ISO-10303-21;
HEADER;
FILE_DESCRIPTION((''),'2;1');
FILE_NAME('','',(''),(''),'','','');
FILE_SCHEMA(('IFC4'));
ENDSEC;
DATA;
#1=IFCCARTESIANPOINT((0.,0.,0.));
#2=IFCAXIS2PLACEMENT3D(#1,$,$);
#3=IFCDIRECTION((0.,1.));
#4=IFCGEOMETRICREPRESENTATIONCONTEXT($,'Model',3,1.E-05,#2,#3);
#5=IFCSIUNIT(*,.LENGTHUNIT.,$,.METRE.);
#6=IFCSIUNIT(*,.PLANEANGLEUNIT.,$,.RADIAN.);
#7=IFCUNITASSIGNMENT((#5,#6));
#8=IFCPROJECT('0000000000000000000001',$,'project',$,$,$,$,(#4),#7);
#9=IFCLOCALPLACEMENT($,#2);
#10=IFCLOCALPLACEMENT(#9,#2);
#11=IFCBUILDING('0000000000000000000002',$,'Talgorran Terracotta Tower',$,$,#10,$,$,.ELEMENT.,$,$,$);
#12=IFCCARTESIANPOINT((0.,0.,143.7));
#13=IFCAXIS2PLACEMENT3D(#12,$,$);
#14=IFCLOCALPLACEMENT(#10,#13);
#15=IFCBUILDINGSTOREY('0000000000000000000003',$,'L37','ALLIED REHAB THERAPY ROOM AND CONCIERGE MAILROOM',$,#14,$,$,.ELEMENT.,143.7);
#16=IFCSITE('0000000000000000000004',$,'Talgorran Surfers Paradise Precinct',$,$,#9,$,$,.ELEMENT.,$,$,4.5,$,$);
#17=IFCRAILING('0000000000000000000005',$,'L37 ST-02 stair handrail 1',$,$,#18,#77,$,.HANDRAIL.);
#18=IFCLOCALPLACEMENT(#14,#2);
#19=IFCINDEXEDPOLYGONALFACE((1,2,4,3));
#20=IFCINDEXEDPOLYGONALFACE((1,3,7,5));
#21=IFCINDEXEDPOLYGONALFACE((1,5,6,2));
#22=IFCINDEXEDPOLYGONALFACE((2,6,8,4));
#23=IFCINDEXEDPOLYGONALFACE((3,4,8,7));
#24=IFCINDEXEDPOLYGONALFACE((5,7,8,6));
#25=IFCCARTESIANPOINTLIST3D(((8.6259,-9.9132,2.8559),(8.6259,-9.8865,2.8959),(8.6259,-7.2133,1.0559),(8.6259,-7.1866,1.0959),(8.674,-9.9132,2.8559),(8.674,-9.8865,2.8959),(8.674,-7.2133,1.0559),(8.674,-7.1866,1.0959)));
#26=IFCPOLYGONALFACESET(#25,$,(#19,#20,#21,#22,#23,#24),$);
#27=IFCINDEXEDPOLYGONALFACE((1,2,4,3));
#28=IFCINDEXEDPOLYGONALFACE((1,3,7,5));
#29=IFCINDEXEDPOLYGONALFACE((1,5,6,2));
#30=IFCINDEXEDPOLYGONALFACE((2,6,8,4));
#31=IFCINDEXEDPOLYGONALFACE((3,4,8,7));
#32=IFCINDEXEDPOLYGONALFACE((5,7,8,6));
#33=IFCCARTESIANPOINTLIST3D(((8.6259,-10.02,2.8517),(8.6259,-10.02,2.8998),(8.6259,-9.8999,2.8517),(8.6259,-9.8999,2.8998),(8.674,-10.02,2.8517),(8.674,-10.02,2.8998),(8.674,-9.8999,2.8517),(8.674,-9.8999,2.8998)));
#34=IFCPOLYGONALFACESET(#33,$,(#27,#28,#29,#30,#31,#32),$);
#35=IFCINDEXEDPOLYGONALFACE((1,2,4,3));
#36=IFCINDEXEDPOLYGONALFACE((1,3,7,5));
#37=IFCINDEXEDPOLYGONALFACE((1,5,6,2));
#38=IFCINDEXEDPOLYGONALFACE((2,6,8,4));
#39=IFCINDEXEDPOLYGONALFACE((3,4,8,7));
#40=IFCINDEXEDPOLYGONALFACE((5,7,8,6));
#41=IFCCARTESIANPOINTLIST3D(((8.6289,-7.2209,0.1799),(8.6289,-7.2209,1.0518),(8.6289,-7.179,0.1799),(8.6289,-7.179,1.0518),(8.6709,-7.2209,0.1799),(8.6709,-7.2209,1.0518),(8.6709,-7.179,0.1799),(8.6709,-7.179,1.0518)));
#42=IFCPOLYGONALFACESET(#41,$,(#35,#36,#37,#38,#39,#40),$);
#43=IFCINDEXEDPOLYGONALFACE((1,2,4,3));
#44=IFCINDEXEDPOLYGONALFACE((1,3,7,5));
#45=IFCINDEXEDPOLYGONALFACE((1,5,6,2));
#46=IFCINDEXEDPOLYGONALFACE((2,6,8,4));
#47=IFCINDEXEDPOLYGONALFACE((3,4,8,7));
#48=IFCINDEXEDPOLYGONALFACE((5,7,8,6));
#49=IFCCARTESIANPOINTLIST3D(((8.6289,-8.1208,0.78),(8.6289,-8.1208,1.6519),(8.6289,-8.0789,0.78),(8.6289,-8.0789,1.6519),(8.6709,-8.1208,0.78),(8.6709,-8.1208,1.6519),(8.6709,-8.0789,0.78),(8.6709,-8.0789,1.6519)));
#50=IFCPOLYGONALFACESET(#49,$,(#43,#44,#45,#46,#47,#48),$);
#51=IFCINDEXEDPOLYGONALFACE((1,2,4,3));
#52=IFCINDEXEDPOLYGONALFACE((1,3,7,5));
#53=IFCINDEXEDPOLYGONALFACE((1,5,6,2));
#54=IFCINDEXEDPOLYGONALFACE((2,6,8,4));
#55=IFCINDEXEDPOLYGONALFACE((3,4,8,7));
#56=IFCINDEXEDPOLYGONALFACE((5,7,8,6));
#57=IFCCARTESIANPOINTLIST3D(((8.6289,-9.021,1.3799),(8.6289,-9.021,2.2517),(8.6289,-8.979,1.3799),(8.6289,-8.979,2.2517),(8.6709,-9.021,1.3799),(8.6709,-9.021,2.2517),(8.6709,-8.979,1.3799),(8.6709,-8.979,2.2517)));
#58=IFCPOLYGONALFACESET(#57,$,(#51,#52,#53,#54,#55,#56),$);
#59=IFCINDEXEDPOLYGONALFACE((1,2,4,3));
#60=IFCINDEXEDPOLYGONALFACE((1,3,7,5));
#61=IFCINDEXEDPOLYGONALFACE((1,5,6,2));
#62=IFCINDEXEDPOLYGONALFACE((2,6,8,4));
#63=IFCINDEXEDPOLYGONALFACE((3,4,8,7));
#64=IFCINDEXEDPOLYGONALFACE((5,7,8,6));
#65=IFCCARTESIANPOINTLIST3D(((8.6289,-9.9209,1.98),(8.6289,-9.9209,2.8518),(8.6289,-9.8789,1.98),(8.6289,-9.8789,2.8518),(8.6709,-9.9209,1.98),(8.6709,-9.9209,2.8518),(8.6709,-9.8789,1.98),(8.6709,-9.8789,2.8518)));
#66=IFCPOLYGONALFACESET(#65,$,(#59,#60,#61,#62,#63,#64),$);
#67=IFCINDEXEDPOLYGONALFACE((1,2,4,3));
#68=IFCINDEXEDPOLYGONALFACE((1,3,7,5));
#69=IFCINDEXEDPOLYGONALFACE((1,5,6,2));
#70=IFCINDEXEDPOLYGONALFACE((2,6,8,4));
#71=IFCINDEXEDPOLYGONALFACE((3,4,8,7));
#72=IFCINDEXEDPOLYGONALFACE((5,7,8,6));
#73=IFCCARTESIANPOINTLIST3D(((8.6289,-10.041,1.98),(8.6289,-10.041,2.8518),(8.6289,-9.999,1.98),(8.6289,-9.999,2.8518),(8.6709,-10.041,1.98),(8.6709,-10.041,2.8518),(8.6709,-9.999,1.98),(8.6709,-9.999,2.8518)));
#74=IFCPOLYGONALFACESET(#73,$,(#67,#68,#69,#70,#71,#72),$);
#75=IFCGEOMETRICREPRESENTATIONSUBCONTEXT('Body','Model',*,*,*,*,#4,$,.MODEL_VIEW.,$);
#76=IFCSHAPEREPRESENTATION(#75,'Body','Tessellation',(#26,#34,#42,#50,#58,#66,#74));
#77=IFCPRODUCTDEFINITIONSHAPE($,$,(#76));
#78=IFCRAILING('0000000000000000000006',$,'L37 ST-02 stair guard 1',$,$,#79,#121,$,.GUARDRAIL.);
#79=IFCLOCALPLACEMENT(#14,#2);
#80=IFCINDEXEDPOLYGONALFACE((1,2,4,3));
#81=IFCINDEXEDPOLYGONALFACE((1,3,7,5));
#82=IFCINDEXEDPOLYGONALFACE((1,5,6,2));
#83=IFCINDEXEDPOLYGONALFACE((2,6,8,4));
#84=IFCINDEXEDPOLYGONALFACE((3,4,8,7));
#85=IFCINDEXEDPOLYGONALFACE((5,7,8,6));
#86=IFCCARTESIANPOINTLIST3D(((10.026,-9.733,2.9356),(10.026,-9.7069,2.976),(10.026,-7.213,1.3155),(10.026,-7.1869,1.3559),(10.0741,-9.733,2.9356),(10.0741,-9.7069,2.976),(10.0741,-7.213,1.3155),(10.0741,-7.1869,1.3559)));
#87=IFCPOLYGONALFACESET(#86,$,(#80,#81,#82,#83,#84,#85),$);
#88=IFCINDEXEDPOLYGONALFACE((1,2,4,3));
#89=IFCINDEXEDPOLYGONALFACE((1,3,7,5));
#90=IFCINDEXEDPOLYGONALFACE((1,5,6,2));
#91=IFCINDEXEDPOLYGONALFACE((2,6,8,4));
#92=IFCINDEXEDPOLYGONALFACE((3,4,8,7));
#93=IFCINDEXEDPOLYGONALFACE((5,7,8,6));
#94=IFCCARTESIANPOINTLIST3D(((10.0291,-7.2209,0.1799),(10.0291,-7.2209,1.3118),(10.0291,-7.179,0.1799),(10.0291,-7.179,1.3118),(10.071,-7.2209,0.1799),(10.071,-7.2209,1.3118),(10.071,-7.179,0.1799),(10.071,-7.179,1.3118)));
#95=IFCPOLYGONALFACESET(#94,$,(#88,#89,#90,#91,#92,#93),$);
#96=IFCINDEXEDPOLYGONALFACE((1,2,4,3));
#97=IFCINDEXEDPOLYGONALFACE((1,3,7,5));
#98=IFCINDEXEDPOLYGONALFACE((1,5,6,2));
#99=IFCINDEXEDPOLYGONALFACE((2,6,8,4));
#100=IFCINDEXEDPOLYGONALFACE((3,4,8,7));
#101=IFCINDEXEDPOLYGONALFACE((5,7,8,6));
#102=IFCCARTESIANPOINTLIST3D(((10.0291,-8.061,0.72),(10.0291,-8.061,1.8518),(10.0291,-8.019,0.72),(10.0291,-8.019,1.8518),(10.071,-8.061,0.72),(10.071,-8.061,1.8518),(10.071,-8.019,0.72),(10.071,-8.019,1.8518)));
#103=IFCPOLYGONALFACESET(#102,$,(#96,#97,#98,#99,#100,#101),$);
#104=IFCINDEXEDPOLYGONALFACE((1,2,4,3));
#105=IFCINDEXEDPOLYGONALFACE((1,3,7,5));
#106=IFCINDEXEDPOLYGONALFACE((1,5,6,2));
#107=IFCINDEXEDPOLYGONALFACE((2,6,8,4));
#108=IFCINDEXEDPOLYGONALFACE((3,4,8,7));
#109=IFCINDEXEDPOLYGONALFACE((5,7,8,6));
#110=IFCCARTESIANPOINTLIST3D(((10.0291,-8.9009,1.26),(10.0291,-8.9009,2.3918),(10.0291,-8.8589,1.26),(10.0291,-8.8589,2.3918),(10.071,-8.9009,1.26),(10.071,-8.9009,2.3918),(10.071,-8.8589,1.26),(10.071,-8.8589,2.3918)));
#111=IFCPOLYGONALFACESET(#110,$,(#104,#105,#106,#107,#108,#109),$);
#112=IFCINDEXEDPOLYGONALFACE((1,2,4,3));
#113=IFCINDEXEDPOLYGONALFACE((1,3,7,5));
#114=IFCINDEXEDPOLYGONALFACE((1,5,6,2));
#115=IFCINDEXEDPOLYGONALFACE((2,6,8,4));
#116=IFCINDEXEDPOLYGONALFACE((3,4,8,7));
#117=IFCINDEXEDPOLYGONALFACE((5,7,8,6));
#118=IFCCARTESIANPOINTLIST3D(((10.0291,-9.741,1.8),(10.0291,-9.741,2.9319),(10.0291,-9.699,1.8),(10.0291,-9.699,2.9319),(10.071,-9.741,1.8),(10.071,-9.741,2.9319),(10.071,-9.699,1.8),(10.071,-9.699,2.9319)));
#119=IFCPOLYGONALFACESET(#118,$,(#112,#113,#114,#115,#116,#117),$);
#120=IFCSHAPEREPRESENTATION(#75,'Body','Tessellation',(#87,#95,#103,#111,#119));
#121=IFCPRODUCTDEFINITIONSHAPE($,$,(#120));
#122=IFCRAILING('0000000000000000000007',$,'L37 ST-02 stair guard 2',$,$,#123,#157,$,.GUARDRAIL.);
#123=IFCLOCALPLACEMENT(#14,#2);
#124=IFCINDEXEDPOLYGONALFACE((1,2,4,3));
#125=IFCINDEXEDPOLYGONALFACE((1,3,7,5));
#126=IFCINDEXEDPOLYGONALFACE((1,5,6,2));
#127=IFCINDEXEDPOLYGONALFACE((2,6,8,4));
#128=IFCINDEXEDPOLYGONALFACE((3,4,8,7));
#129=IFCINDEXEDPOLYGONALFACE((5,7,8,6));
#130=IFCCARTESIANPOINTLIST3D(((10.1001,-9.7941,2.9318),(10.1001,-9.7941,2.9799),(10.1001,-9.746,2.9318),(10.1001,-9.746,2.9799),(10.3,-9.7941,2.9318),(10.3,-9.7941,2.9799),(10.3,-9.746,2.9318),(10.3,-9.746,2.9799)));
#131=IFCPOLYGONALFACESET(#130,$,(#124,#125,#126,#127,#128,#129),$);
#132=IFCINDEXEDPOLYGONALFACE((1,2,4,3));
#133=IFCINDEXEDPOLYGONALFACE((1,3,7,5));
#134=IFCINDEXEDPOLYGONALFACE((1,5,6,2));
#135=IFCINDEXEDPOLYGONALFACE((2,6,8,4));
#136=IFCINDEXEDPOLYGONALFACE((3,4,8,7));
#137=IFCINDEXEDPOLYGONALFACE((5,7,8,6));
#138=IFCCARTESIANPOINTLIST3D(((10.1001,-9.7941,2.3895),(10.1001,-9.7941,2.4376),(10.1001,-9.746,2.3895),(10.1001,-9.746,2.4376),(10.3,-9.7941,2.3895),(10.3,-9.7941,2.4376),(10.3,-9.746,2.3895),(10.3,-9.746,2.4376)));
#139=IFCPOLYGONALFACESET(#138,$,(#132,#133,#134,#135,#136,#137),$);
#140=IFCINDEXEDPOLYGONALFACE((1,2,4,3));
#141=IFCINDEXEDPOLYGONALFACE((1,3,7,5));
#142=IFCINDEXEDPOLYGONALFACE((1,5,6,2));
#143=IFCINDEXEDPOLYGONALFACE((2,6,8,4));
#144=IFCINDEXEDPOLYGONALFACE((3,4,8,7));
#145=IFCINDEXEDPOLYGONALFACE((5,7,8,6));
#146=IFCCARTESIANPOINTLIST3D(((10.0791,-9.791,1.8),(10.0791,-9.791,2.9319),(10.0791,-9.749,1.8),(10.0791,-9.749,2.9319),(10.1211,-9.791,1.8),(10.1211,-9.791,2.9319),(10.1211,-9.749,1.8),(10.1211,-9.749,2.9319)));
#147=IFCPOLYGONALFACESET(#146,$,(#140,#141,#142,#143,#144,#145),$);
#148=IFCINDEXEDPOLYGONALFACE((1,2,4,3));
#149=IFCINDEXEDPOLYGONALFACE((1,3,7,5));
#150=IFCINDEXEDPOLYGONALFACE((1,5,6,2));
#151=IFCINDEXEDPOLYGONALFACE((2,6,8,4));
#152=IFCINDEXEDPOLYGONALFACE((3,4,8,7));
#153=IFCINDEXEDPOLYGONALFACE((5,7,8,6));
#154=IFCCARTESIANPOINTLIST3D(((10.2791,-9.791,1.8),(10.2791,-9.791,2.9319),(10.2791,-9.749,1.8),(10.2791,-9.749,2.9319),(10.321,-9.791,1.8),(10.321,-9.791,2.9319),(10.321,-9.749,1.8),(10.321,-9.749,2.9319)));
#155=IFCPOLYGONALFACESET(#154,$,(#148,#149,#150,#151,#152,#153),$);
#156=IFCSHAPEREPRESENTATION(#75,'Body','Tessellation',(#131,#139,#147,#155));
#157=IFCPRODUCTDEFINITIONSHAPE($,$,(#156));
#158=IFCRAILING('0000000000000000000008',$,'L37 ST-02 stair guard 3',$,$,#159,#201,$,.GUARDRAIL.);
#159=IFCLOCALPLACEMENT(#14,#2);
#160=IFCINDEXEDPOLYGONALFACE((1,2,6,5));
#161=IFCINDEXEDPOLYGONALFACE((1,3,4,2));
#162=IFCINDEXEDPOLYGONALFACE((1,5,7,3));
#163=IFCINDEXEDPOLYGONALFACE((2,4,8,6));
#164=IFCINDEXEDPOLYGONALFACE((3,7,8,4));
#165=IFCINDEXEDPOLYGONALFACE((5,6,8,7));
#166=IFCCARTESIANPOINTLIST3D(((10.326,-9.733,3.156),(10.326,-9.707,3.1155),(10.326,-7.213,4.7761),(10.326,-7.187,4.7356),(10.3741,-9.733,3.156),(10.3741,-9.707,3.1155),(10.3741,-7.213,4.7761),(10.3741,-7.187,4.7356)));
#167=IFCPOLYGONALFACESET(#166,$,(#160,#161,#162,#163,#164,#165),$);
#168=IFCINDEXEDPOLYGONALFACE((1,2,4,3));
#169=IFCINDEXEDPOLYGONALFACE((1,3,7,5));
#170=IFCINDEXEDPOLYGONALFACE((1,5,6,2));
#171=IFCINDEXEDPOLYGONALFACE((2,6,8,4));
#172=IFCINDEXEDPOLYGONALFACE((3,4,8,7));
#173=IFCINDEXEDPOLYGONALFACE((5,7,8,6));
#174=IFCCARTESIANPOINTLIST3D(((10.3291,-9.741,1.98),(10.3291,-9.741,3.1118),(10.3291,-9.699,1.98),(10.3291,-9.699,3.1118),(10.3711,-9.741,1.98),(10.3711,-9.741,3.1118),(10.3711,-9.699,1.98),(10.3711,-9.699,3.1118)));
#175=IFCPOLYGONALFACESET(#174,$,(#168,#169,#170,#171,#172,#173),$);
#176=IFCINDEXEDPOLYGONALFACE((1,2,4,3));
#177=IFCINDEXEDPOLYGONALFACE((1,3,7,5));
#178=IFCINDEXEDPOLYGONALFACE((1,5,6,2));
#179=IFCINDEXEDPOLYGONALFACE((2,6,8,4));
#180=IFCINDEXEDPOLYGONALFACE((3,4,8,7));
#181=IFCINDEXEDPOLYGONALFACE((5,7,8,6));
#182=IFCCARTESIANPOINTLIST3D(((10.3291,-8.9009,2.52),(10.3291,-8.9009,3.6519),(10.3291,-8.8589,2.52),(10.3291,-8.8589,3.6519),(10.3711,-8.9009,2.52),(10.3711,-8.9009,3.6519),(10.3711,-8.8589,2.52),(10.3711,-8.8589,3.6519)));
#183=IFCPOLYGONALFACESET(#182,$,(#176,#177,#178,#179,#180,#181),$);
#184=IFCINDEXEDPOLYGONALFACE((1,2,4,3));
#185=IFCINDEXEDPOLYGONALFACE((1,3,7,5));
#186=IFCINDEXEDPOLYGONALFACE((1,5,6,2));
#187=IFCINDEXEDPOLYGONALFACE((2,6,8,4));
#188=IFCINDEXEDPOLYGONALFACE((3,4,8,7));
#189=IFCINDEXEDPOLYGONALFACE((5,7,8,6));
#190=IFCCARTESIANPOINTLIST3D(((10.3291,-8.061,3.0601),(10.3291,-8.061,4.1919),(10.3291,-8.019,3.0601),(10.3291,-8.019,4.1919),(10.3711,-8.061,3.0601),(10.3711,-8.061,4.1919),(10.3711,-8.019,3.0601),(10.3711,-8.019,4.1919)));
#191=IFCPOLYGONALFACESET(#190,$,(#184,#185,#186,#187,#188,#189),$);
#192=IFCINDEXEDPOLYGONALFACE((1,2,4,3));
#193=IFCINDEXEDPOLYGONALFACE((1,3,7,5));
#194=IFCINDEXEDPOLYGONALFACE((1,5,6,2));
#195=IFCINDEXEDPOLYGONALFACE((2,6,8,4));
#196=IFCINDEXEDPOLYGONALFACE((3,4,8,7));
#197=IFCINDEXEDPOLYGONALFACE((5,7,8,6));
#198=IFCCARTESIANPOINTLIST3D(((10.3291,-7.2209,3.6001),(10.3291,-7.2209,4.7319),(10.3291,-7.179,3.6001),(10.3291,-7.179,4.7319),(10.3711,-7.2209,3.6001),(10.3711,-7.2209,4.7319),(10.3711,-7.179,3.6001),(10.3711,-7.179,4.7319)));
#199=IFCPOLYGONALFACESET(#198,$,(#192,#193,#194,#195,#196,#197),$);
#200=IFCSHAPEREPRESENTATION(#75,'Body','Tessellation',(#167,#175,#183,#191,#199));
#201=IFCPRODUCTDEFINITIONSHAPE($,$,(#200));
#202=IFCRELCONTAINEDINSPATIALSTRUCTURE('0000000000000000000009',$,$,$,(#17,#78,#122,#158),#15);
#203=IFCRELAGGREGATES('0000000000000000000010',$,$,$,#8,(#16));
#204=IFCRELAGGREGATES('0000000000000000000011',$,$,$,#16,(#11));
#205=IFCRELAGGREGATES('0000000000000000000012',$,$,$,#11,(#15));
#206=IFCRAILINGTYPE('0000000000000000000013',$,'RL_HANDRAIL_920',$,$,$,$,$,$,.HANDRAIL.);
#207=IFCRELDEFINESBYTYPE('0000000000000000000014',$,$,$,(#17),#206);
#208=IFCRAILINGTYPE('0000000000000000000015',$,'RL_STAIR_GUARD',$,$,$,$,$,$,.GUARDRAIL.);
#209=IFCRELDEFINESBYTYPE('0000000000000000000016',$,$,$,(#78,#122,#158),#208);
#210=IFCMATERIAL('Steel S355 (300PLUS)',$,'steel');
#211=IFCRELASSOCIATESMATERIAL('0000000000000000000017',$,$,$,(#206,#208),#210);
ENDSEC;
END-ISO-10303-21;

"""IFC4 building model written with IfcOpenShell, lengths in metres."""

from ifc_helpers import new_model, si_unit, direction, frame, origin, origin_2d, place, context, subcontext, project, spatial, rectangle, extrude, material, type_object, element, save


model = new_model("IFC4")

# Units and contexts
model_context = context("Model", 3, precision=1e-05, world=origin(), true_north=direction((0.0, 1.0)))
body_context = subcontext(model_context, "Body", "Model", "MODEL_VIEW")
ifc_project = project(units=[si_unit("LENGTHUNIT", "METRE"), si_unit("PLANEANGLEUNIT", "RADIAN")], contexts=[model_context])

# Site, building, storey
site_placement = place(None, origin())
site = spatial("IfcSite", under=ifc_project, at=site_placement, Name="Talgorran Surfers Paradise Precinct", CompositionType="ELEMENT", RefElevation=4.5)
building_placement = place(site_placement, origin())
building = spatial("IfcBuilding", under=site, at=building_placement, Name="Talgorran Terracotta Tower", CompositionType="ELEMENT")
storey_placement = place(building_placement, frame((0.0, 0.0, 143.7)))
storey = spatial("IfcBuildingStorey", under=building, at=storey_placement, Name="L37", Description="ALLIED REHAB THERAPY ROOM AND CONCIERGE MAILROOM", CompositionType="ELEMENT", Elevation=143.7)

# Railings
ifc_material_1 = material(Name="Steel S355 (300PLUS)", Category="steel")
railing_type_1 = type_object("IfcRailingType", Name="RL_HANDRAIL_920", PredefinedType="HANDRAIL", material=ifc_material_1)
railing_1_placement = place(storey_placement, frame((8.6499, -7.2, 0.1799)))
element("IfcRailing", 1, at=railing_1_placement, inside=storey, type_object=railing_type_1, Name="L37 ST-02 stair handrail 1", PredefinedType="HANDRAIL", context=body_context, shape_type="SweptSolid", body=[
    extrude(rectangle(XDim=0.0481, YDim=0.0481, at=origin_2d()), frame((0.0, 0.0, 0.896), z_axis=(0.0, -0.832039, 0.554718), x_axis=(1.0, 0.0, 0.0)), (0.0, 0.0, 1.0), 3.2449),
    extrude(rectangle(XDim=0.0481, YDim=0.0481, at=origin_2d()), frame((0.0, -2.7, 2.6958), z_axis=(0.0, -1.0, 0.0), x_axis=(1.0, 0.0, 0.0)), (0.0, 0.0, 1.0), 0.1201),
    extrude(rectangle(XDim=0.042, YDim=0.042, at=origin_2d()), origin(), (0.0, 0.0, 1.0), 0.8718),
    extrude(rectangle(XDim=0.042, YDim=0.042, at=origin_2d()), frame((0.0, -0.8999, 0.6001)), (0.0, 0.0, 1.0), 0.8718),
    extrude(rectangle(XDim=0.042, YDim=0.042, at=origin_2d()), frame((0.0, -1.8, 1.2)), (0.0, 0.0, 1.0), 0.8718),
    extrude(rectangle(XDim=0.042, YDim=0.042, at=origin_2d()), frame((0.0, -2.7, 1.8)), (0.0, 0.0, 1.0), 0.8718),
    extrude(rectangle(XDim=0.042, YDim=0.042, at=origin_2d()), frame((0.0, -2.8201, 1.8)), (0.0, 0.0, 1.0), 0.8718),
])
railing_type_2 = type_object("IfcRailingType", Name="RL_STAIR_GUARD", PredefinedType="GUARDRAIL", material=ifc_material_1)
railing_2_placement = place(storey_placement, frame((10.05, -7.2, 0.1799)))
element("IfcRailing", 2, at=railing_2_placement, inside=storey, type_object=railing_type_2, Name="L37 ST-02 stair guard 1", PredefinedType="GUARDRAIL", context=body_context, shape_type="SweptSolid", body=[
    extrude(rectangle(XDim=0.0481, YDim=0.0481, at=origin_2d()), frame((0.0, 0.0, 1.1558), z_axis=(0.0, -0.841163, 0.540782), x_axis=(1.0, 0.0, 0.0)), (0.0, 0.0, 1.0), 2.9958),
    extrude(rectangle(XDim=0.042, YDim=0.042, at=origin_2d()), origin(), (0.0, 0.0, 1.0), 1.1318),
    extrude(rectangle(XDim=0.042, YDim=0.042, at=origin_2d()), frame((0.0, -0.8401, 0.54)), (0.0, 0.0, 1.0), 1.1318),
    extrude(rectangle(XDim=0.042, YDim=0.042, at=origin_2d()), frame((0.0, -1.6799, 1.0801)), (0.0, 0.0, 1.0), 1.1318),
    extrude(rectangle(XDim=0.042, YDim=0.042, at=origin_2d()), frame((0.0, -2.52, 1.6201)), (0.0, 0.0, 1.0), 1.1318),
])
railing_3_placement = place(storey_placement, frame((10.1001, -9.77, 1.8)))
element("IfcRailing", 3, at=railing_3_placement, inside=storey, type_object=railing_type_2, Name="L37 ST-02 stair guard 2", PredefinedType="GUARDRAIL", context=body_context, shape_type="SweptSolid", body=[
    extrude(rectangle(XDim=0.0481, YDim=0.0481, at=origin_2d()), frame((0.0, 0.0, 1.1558), z_axis=(1.0, 0.0, 0.0), x_axis=(0.0, 1.0, 0.0)), (0.0, 0.0, 1.0), 0.2),
    extrude(rectangle(XDim=0.0481, YDim=0.0481, at=origin_2d()), frame((0.0, 0.0, 0.6135), z_axis=(1.0, 0.0, 0.0), x_axis=(0.0, 1.0, 0.0)), (0.0, 0.0, 1.0), 0.2),
    extrude(rectangle(XDim=0.042, YDim=0.042, at=origin_2d()), origin(), (0.0, 0.0, 1.0), 1.1318),
    extrude(rectangle(XDim=0.042, YDim=0.042, at=origin_2d()), frame((0.2, 0.0, 0.0)), (0.0, 0.0, 1.0), 1.1318),
])
railing_4_placement = place(storey_placement, frame((10.3501, -9.72, 1.98)))
element("IfcRailing", 4, at=railing_4_placement, inside=storey, type_object=railing_type_2, Name="L37 ST-02 stair guard 3", PredefinedType="GUARDRAIL", context=body_context, shape_type="SweptSolid", body=[
    extrude(rectangle(XDim=0.0481, YDim=0.0481, at=origin_2d()), frame((0.0, 0.0, 1.1558), z_axis=(0.0, 0.841163, 0.540782), x_axis=(-1.0, 0.0, 0.0)), (0.0, 0.0, 1.0), 2.9958),
    extrude(rectangle(XDim=0.042, YDim=0.042, at=origin_2d()), origin(), (0.0, 0.0, 1.0), 1.1318),
    extrude(rectangle(XDim=0.042, YDim=0.042, at=origin_2d()), frame((0.0, 0.8401, 0.54)), (0.0, 0.0, 1.0), 1.1318),
    extrude(rectangle(XDim=0.042, YDim=0.042, at=origin_2d()), frame((0.0, 1.6799, 1.0801)), (0.0, 0.0, 1.0), 1.1318),
    extrude(rectangle(XDim=0.042, YDim=0.042, at=origin_2d()), frame((0.0, 2.52, 1.6201)), (0.0, 0.0, 1.0), 1.1318),
])

save(model, "model.ifc")
